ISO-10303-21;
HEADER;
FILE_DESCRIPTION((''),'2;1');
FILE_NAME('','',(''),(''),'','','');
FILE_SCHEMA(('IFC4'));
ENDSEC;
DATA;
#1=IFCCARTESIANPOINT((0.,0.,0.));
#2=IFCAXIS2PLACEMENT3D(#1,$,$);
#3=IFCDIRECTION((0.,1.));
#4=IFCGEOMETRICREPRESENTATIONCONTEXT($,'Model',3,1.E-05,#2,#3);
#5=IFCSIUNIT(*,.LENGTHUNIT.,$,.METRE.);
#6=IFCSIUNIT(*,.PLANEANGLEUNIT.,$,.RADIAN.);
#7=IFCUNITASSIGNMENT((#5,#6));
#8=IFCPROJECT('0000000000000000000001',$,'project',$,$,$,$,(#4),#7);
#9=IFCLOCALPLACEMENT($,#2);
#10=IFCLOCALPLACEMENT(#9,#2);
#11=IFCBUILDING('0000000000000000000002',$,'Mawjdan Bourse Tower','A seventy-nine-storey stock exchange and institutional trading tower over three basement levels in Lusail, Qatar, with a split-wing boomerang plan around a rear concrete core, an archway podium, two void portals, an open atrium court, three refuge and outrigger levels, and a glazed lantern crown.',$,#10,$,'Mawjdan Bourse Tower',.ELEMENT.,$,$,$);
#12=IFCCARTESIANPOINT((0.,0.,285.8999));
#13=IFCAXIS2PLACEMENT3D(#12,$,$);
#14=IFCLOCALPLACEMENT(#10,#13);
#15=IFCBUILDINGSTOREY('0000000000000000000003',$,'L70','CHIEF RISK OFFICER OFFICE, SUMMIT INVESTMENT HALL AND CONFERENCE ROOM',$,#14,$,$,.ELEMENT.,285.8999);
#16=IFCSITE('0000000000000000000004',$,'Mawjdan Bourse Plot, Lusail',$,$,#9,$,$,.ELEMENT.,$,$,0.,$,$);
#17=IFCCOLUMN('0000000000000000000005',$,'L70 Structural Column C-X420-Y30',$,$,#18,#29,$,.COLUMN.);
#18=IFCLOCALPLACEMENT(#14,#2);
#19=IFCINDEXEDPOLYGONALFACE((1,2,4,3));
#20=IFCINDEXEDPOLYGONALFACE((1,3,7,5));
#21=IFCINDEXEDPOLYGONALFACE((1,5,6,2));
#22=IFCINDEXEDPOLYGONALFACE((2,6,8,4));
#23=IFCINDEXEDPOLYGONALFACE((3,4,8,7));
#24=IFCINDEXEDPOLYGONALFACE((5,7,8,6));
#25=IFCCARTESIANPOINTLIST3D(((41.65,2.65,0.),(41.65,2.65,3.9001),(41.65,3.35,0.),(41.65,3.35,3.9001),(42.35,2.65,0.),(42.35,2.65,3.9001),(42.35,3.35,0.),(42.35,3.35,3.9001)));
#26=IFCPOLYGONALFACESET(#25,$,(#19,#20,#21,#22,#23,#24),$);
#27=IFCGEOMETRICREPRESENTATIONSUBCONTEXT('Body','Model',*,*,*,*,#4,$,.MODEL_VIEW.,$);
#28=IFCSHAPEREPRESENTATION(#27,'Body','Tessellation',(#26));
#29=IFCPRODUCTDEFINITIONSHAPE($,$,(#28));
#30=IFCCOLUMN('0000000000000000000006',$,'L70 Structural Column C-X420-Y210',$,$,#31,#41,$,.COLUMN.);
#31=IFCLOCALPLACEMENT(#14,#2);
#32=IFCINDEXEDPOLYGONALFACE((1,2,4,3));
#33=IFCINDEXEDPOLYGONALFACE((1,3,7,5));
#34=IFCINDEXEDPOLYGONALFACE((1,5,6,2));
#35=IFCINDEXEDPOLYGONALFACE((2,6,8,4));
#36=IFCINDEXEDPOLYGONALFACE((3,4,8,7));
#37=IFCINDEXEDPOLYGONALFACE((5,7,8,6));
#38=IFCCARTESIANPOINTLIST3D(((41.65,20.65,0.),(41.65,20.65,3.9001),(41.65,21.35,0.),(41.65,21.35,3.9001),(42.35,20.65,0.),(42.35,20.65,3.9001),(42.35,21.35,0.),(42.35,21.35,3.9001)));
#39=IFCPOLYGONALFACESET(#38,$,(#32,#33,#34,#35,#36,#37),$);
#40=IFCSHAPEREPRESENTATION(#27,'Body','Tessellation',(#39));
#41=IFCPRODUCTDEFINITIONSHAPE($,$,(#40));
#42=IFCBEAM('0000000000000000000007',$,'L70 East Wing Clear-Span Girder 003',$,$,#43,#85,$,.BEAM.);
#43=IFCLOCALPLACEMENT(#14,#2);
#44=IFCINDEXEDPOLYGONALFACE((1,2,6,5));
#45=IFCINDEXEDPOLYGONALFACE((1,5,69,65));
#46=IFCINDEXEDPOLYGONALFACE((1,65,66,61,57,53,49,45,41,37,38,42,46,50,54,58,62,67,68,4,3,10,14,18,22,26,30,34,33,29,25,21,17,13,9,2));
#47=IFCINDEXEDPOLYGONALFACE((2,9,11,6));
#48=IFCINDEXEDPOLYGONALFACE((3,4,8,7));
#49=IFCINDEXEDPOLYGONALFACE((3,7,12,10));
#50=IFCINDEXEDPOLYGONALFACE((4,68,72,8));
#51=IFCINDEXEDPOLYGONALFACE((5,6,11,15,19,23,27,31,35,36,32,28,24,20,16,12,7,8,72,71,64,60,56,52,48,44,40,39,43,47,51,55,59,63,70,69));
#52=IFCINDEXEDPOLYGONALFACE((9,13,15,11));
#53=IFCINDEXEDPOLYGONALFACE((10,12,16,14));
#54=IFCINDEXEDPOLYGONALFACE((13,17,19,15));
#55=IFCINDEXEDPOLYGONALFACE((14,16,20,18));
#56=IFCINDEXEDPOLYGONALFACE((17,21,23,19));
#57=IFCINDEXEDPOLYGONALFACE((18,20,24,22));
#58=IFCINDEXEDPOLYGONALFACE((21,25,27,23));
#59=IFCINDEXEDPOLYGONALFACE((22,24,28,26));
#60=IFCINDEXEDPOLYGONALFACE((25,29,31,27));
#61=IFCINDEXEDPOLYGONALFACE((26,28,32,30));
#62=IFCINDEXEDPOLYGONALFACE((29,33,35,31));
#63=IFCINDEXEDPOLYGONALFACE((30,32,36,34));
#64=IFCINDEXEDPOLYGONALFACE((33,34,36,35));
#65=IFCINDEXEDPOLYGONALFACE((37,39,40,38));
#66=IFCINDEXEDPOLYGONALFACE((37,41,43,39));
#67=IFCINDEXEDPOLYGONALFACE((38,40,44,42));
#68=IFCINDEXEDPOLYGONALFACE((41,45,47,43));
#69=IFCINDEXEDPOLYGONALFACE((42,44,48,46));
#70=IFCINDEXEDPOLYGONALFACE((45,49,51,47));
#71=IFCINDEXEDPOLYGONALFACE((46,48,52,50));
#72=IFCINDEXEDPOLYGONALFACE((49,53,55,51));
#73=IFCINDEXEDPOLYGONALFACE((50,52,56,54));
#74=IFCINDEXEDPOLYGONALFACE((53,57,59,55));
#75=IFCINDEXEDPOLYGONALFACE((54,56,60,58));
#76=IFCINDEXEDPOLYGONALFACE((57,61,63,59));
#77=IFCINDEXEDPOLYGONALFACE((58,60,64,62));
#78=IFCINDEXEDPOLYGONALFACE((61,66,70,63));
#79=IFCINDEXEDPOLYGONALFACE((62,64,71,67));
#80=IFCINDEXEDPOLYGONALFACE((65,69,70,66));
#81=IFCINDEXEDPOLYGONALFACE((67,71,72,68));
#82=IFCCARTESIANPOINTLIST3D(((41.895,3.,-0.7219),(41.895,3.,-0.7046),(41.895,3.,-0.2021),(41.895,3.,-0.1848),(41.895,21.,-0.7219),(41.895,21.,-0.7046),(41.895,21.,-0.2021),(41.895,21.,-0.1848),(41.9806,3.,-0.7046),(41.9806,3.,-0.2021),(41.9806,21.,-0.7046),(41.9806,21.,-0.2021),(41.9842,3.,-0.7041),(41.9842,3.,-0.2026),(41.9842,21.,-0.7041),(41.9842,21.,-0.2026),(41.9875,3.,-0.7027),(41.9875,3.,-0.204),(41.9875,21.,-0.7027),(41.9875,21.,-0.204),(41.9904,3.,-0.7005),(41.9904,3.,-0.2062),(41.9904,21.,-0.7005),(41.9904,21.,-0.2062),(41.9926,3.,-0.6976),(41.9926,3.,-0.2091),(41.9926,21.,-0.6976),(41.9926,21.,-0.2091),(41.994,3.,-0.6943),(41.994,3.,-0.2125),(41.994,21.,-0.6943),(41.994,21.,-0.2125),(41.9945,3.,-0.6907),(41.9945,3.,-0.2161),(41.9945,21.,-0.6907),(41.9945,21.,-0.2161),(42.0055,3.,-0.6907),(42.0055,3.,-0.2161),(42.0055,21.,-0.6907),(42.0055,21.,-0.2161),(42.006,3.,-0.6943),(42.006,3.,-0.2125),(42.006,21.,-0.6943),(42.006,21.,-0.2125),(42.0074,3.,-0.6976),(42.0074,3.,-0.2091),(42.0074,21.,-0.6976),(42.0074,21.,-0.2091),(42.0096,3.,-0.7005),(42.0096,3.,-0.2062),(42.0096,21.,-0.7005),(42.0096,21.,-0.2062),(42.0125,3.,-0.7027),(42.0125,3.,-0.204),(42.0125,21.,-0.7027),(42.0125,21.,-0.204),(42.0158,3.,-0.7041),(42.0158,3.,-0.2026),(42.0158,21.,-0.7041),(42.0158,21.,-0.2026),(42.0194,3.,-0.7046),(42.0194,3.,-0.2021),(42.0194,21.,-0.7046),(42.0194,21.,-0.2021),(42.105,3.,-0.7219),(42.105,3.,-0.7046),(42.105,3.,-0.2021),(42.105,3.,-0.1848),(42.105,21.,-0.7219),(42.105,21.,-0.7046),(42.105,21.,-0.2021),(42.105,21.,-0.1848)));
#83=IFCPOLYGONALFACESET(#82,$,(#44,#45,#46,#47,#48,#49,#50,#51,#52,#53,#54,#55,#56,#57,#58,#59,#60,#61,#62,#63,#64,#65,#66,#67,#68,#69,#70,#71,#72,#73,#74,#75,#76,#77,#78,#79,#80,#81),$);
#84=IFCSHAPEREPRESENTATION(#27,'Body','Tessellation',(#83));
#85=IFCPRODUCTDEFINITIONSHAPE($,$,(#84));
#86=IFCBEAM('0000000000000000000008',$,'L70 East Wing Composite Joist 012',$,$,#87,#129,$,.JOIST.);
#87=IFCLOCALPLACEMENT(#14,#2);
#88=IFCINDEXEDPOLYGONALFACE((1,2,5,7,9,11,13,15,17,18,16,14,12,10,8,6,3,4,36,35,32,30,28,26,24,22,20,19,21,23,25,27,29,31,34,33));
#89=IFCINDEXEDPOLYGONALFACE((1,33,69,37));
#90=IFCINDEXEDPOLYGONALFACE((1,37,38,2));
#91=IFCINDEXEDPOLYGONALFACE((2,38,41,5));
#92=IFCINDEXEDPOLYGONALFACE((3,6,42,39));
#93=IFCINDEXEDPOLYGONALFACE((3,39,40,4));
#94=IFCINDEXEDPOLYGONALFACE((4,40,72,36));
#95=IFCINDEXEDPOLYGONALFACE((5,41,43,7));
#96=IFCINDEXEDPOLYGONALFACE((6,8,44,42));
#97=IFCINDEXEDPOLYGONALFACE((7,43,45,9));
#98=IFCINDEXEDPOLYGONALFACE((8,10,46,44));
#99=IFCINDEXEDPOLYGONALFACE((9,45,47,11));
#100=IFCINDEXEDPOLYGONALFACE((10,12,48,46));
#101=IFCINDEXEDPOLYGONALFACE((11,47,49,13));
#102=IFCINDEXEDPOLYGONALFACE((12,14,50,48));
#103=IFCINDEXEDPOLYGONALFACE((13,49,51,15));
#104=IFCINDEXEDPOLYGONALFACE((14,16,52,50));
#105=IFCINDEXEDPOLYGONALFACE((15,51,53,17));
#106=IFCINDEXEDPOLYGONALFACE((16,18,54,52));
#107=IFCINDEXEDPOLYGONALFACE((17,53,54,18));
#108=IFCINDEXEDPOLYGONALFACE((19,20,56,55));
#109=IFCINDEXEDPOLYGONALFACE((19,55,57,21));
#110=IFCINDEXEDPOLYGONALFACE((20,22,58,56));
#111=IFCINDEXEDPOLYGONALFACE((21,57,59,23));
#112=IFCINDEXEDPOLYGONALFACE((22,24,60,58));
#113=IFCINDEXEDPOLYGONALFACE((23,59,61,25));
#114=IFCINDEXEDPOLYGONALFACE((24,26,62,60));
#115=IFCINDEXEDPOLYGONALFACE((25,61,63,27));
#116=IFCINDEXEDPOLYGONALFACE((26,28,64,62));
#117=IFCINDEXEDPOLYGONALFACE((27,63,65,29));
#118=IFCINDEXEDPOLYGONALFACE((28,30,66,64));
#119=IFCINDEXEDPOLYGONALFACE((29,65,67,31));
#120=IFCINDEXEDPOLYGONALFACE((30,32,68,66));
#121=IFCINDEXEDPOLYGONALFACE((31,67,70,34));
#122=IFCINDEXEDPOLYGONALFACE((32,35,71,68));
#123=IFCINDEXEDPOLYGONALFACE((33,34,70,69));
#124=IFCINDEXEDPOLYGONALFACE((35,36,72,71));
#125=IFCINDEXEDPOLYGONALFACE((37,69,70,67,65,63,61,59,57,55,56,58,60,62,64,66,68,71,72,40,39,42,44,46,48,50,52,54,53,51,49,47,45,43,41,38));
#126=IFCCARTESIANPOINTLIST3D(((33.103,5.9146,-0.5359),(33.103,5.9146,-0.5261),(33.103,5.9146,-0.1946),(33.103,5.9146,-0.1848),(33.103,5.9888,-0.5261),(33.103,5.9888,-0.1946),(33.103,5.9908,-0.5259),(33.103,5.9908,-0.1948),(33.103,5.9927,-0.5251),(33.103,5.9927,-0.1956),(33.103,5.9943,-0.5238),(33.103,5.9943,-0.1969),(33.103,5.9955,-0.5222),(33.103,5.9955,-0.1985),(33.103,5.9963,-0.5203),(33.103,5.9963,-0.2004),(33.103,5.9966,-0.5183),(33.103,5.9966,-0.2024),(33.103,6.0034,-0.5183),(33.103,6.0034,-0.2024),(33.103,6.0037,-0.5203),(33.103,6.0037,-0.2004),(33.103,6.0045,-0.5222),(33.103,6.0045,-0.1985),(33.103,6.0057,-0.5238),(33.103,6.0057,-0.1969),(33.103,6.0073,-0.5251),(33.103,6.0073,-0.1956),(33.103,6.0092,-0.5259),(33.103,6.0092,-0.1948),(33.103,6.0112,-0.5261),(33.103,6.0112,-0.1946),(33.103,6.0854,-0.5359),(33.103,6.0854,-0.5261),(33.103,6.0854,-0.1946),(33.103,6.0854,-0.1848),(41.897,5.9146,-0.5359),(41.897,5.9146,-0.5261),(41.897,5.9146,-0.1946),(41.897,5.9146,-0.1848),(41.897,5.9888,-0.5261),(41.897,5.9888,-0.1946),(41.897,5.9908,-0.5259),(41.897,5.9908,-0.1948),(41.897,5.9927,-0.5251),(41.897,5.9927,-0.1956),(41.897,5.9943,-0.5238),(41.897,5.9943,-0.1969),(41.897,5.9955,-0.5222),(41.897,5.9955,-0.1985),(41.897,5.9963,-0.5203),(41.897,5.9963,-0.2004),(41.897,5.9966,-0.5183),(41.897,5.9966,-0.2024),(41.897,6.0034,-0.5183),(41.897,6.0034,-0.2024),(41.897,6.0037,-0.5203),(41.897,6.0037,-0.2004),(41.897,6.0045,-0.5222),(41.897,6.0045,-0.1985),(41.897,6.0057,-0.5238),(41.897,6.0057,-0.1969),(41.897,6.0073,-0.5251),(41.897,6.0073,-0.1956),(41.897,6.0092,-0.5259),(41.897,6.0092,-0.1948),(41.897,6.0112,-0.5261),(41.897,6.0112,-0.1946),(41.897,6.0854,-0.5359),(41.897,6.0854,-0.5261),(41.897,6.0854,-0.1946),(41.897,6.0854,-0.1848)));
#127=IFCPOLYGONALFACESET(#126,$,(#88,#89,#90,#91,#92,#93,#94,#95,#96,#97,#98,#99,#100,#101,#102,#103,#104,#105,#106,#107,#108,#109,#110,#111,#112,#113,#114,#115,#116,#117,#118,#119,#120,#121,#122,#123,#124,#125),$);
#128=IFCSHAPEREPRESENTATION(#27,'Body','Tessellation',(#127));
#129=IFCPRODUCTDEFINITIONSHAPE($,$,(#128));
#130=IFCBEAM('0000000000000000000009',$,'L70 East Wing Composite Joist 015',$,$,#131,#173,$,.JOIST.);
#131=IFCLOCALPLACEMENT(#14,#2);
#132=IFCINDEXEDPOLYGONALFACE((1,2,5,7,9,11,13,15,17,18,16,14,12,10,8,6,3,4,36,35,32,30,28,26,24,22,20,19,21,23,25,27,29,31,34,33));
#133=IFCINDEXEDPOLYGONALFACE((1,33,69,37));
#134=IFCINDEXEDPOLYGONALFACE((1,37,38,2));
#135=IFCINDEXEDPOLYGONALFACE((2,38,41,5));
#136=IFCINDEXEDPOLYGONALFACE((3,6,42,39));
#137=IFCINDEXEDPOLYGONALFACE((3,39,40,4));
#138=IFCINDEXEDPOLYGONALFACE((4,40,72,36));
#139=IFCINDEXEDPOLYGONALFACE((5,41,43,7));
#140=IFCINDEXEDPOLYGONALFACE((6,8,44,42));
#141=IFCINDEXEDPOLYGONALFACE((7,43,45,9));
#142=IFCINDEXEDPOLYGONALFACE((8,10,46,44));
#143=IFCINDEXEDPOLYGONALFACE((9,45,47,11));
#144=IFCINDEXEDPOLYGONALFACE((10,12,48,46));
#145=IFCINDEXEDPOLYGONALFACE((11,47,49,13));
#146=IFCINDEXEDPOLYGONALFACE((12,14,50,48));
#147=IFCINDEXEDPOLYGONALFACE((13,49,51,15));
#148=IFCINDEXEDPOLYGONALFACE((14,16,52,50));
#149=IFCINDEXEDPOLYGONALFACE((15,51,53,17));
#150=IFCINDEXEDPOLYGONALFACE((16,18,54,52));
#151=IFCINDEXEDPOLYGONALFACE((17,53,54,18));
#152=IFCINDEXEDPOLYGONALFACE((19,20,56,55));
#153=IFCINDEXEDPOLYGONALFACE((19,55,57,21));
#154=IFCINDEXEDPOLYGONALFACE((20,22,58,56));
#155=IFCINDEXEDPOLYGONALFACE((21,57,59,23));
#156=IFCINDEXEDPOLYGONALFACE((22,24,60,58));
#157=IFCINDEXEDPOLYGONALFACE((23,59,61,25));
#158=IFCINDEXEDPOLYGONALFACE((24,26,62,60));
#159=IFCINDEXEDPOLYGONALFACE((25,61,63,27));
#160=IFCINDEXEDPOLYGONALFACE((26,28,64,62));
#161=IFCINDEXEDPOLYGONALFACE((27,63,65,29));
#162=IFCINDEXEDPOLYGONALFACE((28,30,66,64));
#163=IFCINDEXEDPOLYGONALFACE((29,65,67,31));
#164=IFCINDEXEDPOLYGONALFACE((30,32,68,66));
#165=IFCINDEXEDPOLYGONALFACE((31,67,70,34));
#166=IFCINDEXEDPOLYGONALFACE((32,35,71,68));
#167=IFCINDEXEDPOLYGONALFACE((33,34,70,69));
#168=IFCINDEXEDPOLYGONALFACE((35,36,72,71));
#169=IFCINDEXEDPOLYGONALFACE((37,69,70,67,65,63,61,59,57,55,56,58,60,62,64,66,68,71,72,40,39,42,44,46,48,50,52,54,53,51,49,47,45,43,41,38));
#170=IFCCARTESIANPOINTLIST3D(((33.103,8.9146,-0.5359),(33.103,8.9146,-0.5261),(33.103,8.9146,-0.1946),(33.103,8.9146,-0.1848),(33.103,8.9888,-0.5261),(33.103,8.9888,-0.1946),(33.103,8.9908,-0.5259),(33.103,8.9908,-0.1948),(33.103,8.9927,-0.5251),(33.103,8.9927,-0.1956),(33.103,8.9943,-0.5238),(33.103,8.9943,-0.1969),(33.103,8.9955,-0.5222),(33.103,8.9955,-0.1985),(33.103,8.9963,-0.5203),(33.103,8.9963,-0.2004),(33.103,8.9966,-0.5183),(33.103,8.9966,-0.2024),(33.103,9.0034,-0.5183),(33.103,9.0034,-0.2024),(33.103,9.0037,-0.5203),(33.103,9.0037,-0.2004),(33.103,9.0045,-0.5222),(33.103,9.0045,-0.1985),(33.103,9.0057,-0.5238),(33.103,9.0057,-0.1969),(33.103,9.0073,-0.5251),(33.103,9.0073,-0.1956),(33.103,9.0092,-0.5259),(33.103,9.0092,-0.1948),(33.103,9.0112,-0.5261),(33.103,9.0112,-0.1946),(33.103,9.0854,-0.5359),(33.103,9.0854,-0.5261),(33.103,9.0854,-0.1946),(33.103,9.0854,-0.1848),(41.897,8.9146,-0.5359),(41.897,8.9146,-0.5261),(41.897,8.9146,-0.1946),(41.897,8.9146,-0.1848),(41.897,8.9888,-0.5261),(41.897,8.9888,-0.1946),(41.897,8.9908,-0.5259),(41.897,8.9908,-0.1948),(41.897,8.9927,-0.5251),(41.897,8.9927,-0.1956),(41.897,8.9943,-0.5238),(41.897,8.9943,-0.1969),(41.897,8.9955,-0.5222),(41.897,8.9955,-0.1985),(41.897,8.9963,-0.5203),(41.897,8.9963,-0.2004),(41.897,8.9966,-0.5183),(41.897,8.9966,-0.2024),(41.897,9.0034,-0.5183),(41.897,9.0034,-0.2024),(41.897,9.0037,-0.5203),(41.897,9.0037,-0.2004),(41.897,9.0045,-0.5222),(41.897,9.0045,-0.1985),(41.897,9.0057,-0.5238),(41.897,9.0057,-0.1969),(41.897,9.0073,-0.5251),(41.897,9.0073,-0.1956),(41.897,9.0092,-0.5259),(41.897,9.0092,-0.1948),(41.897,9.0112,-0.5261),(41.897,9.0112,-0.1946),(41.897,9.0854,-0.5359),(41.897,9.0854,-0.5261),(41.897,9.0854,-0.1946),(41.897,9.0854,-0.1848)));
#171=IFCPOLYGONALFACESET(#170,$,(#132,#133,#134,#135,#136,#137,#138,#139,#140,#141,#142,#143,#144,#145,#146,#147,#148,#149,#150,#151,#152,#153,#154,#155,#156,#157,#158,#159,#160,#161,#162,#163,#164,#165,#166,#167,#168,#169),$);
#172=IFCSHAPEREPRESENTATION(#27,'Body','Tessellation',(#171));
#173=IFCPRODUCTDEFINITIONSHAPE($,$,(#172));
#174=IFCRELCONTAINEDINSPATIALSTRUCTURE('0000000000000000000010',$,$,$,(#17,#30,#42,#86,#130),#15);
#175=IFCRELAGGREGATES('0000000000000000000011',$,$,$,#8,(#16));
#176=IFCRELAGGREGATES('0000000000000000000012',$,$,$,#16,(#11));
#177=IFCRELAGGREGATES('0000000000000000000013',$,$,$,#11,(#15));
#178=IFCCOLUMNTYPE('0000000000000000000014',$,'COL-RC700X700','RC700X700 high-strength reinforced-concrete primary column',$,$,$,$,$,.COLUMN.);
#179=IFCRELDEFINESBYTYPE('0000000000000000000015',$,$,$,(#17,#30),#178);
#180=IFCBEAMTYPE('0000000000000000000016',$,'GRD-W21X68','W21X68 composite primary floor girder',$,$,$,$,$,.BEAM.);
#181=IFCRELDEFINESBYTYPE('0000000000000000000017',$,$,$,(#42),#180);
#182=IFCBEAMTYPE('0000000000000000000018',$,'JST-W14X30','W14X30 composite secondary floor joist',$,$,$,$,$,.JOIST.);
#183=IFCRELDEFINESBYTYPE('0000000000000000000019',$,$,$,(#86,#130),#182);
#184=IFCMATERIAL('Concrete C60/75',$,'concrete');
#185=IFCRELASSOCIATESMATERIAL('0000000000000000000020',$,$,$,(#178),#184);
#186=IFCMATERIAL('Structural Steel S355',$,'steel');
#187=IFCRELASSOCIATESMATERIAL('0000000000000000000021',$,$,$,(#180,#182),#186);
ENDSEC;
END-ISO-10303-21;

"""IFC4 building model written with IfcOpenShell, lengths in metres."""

from ifc_helpers import new_model, si_unit, direction, frame, origin, origin_2d, place, context, subcontext, project, spatial, rectangle, i_section, extrude, material, material_profile, profile_set, type_object, element, save


model = new_model("IFC4")

# Units and contexts
model_context = context("Model", 3, precision=1e-05, world=origin(), true_north=direction((0.0, 1.0)))
body_context = subcontext(model_context, "Body", "Model", "MODEL_VIEW")
ifc_project = project(units=[si_unit("LENGTHUNIT", "METRE"), si_unit("PLANEANGLEUNIT", "RADIAN")], contexts=[model_context])

# Site, building, storey
site_placement = place(None, origin())
site = spatial("IfcSite", under=ifc_project, at=site_placement, Name="Mawjdan Bourse Plot, Lusail", CompositionType="ELEMENT", RefElevation=0.0)
building_placement = place(site_placement, origin())
building = spatial("IfcBuilding", under=site, at=building_placement, Name="Mawjdan Bourse Tower", Description="A seventy-nine-storey stock exchange and institutional trading tower over three basement levels in Lusail, Qatar, with a split-wing boomerang plan around a rear concrete core, an archway podium, two void portals, an open atrium court, three refuge and outrigger levels, and a glazed lantern crown.", LongName="Mawjdan Bourse Tower", CompositionType="ELEMENT")
storey_placement = place(building_placement, frame((0.0, 0.0, 285.8999)))
storey = spatial("IfcBuildingStorey", under=building, at=storey_placement, Name="L70", Description="CHIEF RISK OFFICER OFFICE, SUMMIT INVESTMENT HALL AND CONFERENCE ROOM", CompositionType="ELEMENT", Elevation=285.8999)

# Columns
ifc_material_1 = material(Name="Concrete C60/75", Category="concrete")
ifc_material_profile_1 = material_profile(ifc_material_1, rectangle(XDim=0.7, YDim=0.7, at=origin_2d()), Name="RC700X700")
ifc_profile_set_1 = profile_set([ifc_material_profile_1], Name="Concrete C60/75")
column_type = type_object("IfcColumnType", Name="COL-RC700X700", Description="RC700X700 high-strength reinforced-concrete primary column", PredefinedType="COLUMN", material=ifc_profile_set_1)
for number, where, z_axis, x_axis, name in (
    (1, (42.0, 3.0, 0.0), (0.0, 0.0, 1.0), (1.0, 0.0, 0.0), "L70 Structural Column C-X420-Y30"),
    (2, (42.0, 21.0, 0.0), (0.0, 0.0, 1.0), (1.0, 0.0, 0.0), "L70 Structural Column C-X420-Y210"),
):
    element("IfcColumn", number, at=place(storey_placement, frame(where, z_axis=z_axis, x_axis=x_axis)), inside=storey, type_object=column_type, Name=name, PredefinedType="COLUMN", context=body_context, shape_type="SweptSolid", body=[
        extrude(rectangle(XDim=0.7, YDim=0.7, at=origin_2d()), origin(), (0.0, 0.0, 1.0), 3.9001),
    ])

# Beams
ifc_material_2 = material(Name="Structural Steel S355", Category="steel")
ifc_material_profile_2 = material_profile(ifc_material_2, i_section(OverallWidth=0.21, OverallDepth=0.5371, WebThickness=0.011, FlangeThickness=0.0173, FilletRadius=0.0139, at=origin_2d()), Name="W21X68")
ifc_profile_set_2 = profile_set([ifc_material_profile_2], Name="Structural Steel S355")
beam_type_1 = type_object("IfcBeamType", Name="GRD-W21X68", Description="W21X68 composite primary floor girder", PredefinedType="BEAM", material=ifc_profile_set_2)
beam_1_placement = place(storey_placement, frame((42.0, 3.0, -0.4534), z_axis=(0.0, 1.0, 0.0), x_axis=(-1.0, 0.0, 0.0)))
element("IfcBeam", 3, at=beam_1_placement, inside=storey, type_object=beam_type_1, Name="L70 East Wing Clear-Span Girder 003", PredefinedType="BEAM", context=body_context, shape_type="SweptSolid", body=[
    extrude(i_section(OverallWidth=0.21, OverallDepth=0.5371, WebThickness=0.011, FlangeThickness=0.0173, FilletRadius=0.0139, at=origin_2d()), origin(), (0.0, 0.0, 1.0), 18.0),
])
ifc_material_profile_3 = material_profile(ifc_material_2, i_section(OverallWidth=0.1709, OverallDepth=0.3511, WebThickness=0.0068, FlangeThickness=0.0098, FilletRadius=0.0078, at=origin_2d()), Name="W14X30")
ifc_profile_set_3 = profile_set([ifc_material_profile_3], Name="Structural Steel S355")
beam_type_2 = type_object("IfcBeamType", Name="JST-W14X30", Description="W14X30 composite secondary floor joist", PredefinedType="JOIST", material=ifc_profile_set_3)
for number, where, z_axis, x_axis, name in (
    (4, (33.103, 6.0, -0.3604), (1.0, 0.0, 0.0), (0.0, 1.0, 0.0), "L70 East Wing Composite Joist 012"),
    (5, (33.103, 9.0, -0.3604), (1.0, 0.0, 0.0), (0.0, 1.0, 0.0), "L70 East Wing Composite Joist 015"),
):
    element("IfcBeam", number, at=place(storey_placement, frame(where, z_axis=z_axis, x_axis=x_axis)), inside=storey, type_object=beam_type_2, Name=name, PredefinedType="JOIST", context=body_context, shape_type="SweptSolid", body=[
        extrude(i_section(OverallWidth=0.1709, OverallDepth=0.3511, WebThickness=0.0068, FlangeThickness=0.0098, FilletRadius=0.0078, at=origin_2d()), origin(), (0.0, 0.0, 1.0), 8.7939),
    ])

save(model, "model.ifc")
